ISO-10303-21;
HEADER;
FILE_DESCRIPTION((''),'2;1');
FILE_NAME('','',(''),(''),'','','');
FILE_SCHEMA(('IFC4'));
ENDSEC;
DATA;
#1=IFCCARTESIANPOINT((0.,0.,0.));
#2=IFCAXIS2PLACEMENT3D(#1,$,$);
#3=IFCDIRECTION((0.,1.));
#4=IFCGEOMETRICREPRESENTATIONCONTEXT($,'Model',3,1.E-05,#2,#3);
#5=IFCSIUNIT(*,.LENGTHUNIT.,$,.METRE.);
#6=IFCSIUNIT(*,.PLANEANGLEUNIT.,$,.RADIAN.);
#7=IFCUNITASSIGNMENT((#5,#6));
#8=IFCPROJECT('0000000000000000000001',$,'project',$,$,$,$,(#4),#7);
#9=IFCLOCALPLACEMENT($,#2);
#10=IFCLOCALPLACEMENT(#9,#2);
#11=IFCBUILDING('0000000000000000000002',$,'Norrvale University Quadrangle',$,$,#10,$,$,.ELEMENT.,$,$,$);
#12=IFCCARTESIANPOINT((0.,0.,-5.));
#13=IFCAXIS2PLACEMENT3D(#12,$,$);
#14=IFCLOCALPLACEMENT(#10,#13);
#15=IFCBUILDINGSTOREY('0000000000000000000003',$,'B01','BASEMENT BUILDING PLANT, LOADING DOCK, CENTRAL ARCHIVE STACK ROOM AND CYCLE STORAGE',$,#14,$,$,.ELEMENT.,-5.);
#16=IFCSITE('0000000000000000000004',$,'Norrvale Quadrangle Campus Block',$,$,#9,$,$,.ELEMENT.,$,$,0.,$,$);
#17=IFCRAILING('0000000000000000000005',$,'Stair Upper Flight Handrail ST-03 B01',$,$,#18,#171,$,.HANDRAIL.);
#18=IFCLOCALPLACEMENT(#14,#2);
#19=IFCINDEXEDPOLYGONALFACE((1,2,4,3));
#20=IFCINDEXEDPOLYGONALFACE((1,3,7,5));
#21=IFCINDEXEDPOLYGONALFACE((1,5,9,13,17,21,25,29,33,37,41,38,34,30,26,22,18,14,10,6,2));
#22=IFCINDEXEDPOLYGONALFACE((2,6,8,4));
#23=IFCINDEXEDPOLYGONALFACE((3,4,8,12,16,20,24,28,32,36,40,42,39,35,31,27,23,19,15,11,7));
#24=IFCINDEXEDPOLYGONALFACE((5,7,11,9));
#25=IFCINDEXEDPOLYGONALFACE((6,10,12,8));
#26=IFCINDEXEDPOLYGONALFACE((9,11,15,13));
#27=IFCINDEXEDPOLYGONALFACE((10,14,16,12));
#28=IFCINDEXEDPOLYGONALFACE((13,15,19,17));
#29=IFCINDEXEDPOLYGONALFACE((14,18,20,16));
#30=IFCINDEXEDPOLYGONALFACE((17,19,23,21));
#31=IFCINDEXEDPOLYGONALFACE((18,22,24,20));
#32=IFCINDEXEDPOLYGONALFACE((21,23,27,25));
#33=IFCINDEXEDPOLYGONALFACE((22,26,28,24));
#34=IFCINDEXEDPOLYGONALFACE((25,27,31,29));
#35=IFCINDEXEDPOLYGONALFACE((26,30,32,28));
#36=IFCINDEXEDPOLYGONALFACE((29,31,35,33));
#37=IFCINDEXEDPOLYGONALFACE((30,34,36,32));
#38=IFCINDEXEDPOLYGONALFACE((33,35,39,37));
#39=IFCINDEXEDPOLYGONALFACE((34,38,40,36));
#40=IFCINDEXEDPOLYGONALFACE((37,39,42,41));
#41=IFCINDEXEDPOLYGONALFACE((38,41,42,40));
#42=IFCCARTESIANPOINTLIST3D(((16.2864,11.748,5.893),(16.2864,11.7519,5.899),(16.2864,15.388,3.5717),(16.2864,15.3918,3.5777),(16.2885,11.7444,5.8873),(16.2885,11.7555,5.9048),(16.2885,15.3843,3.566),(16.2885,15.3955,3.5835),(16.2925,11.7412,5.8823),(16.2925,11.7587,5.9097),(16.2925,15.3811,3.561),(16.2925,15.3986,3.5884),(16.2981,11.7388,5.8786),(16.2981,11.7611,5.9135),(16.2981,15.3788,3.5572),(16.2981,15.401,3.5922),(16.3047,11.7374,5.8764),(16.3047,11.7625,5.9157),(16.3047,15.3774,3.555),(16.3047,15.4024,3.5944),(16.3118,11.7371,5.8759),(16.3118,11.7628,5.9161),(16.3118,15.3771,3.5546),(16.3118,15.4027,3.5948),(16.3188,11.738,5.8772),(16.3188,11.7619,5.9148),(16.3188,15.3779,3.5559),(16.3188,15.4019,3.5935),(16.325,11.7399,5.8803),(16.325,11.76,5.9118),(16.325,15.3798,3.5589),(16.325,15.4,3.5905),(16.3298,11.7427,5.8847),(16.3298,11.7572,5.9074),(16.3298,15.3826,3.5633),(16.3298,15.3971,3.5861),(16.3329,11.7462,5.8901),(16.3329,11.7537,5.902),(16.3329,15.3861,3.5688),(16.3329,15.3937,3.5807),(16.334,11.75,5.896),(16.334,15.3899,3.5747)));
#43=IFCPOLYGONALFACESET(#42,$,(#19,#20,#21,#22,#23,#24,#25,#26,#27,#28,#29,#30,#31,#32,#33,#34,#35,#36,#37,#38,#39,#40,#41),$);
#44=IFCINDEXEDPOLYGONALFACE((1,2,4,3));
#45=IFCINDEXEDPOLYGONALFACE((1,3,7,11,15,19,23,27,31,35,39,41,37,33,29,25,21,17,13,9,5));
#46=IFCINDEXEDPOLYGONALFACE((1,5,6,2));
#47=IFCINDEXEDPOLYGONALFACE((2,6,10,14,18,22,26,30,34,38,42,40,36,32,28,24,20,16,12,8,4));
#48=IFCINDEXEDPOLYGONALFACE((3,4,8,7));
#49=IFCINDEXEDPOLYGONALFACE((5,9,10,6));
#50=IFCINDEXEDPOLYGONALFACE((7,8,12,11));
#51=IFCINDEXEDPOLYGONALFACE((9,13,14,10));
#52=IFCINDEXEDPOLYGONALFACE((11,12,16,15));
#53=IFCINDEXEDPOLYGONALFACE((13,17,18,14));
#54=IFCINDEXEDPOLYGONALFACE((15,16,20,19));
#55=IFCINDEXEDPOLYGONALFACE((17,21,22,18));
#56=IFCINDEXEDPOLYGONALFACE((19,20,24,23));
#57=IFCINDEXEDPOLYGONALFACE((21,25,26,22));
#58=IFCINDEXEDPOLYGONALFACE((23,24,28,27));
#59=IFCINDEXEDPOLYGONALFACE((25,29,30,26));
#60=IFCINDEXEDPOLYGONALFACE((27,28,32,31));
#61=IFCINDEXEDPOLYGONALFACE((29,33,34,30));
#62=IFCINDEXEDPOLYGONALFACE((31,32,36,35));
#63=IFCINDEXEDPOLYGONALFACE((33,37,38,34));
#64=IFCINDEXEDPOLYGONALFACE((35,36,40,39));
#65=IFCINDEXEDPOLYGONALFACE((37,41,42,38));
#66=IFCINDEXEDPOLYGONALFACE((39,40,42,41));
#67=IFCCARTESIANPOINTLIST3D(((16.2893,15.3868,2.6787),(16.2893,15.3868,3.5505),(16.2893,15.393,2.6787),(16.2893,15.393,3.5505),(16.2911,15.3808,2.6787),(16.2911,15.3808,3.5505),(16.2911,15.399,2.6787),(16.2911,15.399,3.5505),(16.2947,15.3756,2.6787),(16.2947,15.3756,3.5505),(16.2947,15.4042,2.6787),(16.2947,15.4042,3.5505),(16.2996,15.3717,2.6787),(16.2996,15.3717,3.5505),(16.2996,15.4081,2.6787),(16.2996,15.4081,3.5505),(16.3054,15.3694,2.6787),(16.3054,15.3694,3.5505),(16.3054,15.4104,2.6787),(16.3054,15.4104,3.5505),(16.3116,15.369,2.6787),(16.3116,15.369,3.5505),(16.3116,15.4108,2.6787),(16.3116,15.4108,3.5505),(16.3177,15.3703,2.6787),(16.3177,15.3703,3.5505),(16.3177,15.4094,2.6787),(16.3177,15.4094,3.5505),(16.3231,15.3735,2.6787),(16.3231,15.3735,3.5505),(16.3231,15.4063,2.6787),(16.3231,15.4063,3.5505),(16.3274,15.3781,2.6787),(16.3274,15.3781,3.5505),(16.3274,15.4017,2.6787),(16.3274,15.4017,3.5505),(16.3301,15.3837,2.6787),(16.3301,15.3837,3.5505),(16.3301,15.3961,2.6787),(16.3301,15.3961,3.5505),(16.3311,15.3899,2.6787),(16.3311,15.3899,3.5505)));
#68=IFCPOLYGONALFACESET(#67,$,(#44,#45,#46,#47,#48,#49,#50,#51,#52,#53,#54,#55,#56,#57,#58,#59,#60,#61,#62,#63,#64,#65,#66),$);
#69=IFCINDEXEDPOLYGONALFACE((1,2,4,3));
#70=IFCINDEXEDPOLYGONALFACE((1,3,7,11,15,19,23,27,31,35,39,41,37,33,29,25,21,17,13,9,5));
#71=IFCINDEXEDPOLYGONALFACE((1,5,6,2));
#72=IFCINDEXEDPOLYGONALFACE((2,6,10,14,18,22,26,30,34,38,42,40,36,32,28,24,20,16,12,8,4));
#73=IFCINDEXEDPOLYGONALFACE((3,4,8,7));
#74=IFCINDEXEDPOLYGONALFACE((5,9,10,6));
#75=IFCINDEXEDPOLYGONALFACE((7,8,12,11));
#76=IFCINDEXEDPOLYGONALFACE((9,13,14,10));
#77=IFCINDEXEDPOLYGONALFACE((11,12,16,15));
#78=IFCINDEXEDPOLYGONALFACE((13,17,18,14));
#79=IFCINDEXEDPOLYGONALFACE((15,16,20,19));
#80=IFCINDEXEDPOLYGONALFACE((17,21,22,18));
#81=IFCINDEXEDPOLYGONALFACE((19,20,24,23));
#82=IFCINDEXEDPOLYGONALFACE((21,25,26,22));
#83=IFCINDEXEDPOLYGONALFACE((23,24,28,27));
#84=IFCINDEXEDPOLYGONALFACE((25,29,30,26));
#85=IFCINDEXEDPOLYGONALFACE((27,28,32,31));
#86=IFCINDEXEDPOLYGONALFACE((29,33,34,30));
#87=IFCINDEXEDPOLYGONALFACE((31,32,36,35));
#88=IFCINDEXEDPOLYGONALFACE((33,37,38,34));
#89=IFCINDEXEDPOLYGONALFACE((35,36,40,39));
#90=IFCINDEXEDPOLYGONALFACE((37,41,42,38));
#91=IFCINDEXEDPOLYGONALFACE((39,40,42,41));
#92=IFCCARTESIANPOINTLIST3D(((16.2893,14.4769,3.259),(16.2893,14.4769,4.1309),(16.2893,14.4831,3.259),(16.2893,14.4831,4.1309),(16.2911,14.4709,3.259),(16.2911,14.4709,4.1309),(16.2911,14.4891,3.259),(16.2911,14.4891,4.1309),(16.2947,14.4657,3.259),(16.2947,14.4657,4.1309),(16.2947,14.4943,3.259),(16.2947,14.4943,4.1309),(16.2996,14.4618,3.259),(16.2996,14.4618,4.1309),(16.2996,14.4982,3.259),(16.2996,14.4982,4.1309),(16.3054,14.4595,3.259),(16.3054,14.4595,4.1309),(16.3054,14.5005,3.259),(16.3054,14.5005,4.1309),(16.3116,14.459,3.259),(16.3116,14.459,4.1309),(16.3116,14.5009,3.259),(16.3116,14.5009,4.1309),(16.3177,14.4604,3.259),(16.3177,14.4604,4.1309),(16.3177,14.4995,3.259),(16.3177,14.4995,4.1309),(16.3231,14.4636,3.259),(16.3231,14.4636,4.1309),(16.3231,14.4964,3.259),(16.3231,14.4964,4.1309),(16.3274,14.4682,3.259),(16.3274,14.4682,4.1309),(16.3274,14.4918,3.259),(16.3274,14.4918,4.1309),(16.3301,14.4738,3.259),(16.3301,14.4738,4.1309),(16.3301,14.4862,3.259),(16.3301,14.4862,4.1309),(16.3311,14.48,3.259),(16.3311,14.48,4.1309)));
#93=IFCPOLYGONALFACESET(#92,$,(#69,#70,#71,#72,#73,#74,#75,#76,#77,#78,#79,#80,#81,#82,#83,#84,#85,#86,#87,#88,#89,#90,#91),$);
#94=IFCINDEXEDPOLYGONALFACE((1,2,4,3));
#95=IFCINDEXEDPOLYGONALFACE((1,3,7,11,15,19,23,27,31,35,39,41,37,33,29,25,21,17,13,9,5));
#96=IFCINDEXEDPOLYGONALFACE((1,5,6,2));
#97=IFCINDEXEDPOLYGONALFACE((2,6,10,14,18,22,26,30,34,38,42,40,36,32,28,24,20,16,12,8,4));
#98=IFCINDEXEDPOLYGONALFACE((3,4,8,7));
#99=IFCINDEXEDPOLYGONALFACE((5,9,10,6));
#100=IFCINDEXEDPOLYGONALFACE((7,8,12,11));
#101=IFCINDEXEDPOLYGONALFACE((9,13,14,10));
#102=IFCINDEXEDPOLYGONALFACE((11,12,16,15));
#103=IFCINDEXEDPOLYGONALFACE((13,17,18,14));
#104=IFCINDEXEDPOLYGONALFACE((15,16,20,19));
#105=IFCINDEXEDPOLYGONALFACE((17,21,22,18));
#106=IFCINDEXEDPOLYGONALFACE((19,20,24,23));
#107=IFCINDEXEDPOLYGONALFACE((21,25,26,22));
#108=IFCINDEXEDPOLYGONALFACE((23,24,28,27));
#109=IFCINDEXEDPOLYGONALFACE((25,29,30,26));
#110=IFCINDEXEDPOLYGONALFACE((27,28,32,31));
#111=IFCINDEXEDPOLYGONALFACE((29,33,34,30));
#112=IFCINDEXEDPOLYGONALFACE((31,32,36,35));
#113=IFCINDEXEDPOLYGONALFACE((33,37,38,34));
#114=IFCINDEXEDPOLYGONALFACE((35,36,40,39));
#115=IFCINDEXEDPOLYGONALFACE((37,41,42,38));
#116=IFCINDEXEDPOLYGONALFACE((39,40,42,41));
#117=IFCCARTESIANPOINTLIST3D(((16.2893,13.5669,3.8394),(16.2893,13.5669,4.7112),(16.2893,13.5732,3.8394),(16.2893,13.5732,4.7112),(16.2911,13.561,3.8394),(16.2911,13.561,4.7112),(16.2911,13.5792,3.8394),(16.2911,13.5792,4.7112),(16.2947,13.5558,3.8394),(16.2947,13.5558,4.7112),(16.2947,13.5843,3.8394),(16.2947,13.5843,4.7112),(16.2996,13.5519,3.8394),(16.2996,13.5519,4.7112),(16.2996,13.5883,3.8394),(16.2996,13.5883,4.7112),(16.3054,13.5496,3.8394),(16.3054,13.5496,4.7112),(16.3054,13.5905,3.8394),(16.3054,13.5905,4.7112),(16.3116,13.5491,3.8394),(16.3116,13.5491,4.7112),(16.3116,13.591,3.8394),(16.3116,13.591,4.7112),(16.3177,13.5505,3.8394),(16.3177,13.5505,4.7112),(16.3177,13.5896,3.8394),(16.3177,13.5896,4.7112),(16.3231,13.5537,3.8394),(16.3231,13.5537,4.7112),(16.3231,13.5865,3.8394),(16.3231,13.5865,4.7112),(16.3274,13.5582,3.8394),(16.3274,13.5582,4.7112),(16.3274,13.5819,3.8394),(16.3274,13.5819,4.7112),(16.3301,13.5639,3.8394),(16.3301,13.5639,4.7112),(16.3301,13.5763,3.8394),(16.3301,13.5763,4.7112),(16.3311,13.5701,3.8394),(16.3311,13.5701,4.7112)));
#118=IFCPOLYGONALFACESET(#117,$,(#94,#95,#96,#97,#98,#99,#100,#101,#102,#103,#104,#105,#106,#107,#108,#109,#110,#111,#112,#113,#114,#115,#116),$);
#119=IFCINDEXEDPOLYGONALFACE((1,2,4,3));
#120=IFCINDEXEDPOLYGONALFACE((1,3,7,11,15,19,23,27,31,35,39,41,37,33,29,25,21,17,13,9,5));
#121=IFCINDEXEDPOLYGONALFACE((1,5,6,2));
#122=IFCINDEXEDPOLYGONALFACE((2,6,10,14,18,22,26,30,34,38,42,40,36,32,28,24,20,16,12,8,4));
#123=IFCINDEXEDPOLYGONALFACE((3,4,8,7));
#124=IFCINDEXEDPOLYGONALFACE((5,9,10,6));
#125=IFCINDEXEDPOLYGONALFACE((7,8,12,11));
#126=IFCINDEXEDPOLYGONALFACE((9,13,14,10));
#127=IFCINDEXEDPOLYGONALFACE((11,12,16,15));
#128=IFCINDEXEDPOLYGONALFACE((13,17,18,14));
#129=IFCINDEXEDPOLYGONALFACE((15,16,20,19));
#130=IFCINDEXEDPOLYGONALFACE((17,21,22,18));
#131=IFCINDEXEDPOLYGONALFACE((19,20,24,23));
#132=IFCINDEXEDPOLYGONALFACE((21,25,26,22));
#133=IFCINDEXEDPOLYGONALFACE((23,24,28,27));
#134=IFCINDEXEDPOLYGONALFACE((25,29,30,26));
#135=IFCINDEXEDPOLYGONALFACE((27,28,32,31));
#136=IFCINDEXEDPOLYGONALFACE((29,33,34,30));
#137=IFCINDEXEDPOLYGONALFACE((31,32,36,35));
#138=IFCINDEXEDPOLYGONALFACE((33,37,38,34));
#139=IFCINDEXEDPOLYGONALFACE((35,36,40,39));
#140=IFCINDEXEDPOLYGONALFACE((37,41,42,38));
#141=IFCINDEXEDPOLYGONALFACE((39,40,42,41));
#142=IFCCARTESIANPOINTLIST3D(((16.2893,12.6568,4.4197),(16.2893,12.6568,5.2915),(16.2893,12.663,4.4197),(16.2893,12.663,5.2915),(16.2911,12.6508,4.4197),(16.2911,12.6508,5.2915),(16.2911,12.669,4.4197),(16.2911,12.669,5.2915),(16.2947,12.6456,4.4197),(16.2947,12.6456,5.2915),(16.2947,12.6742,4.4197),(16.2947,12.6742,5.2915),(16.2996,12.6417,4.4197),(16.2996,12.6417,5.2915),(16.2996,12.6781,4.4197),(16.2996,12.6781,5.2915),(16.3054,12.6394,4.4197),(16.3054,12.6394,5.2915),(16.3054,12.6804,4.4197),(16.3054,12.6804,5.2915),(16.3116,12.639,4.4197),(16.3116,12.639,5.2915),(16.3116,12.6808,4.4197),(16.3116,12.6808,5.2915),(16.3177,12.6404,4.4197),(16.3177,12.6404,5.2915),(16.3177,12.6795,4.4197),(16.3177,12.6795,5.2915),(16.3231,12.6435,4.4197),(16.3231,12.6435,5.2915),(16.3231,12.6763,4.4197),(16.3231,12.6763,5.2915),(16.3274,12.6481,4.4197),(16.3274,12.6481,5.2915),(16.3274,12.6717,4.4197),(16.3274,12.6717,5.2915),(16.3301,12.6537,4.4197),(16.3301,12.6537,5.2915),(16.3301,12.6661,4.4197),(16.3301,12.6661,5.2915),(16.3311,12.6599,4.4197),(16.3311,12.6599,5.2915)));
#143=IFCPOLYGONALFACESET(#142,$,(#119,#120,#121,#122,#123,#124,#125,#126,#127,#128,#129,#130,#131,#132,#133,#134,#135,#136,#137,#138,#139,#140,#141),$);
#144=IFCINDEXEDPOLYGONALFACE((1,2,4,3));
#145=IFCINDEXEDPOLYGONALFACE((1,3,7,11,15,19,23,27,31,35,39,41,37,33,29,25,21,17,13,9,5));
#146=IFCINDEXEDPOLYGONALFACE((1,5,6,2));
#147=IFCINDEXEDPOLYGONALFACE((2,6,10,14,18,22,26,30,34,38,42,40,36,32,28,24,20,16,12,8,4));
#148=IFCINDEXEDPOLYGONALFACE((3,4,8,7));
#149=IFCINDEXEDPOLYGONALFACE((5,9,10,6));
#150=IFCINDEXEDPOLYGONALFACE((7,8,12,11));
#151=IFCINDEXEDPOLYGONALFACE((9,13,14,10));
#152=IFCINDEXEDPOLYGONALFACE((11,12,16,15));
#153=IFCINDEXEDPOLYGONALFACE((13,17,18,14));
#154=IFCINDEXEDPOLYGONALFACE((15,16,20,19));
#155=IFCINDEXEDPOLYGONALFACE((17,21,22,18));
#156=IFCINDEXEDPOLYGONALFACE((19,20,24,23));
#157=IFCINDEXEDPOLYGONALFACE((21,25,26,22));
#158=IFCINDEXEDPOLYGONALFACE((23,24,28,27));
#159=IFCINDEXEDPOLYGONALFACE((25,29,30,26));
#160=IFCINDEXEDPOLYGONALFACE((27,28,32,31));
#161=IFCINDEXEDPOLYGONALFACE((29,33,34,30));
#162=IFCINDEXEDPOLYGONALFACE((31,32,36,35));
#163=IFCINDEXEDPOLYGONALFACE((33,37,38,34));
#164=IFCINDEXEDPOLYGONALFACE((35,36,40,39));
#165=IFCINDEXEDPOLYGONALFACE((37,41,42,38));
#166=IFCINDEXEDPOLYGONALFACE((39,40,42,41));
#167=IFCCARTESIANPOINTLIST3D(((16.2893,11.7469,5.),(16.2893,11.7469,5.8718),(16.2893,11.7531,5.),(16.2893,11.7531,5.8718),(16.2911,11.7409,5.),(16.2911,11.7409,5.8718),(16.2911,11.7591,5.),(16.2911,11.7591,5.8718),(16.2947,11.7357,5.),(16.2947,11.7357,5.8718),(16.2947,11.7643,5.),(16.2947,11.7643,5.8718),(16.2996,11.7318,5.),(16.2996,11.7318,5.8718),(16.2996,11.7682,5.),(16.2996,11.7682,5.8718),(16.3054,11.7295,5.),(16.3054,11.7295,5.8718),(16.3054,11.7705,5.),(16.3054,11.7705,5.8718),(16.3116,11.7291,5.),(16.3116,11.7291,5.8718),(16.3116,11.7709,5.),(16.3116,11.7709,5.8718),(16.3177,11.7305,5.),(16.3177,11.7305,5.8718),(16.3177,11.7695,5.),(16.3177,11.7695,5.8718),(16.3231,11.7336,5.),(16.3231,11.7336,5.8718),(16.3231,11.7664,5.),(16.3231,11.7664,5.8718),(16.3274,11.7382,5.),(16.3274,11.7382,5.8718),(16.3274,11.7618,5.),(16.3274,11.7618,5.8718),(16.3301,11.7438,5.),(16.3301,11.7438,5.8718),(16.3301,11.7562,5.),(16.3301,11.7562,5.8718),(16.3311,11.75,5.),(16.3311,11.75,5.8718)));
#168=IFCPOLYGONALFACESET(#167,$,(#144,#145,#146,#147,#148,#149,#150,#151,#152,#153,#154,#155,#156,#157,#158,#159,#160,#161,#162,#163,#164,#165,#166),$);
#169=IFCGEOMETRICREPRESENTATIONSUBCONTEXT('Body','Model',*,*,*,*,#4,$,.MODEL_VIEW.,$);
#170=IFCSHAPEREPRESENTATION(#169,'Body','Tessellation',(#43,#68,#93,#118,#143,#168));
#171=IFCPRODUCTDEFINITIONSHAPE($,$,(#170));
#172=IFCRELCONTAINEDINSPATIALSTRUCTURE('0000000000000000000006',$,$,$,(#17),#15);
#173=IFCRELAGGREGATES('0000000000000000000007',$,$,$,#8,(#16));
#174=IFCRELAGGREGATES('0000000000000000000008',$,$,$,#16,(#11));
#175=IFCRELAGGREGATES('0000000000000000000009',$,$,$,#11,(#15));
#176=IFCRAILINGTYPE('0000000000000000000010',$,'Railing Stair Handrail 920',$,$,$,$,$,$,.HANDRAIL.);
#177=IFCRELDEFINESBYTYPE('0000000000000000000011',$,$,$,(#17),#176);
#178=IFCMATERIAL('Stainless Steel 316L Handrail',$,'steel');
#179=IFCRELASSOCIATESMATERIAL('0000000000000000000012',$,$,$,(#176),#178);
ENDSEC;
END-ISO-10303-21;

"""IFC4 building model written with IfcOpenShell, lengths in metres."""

from ifc_helpers import new_model, si_unit, direction, frame, origin, origin_2d, place, context, subcontext, project, spatial, circle, extrude, material, type_object, element, save


model = new_model("IFC4")

# Units and contexts
model_context = context("Model", 3, precision=1e-05, world=origin(), true_north=direction((0.0, 1.0)))
body_context = subcontext(model_context, "Body", "Model", "MODEL_VIEW")
ifc_project = project(units=[si_unit("LENGTHUNIT", "METRE"), si_unit("PLANEANGLEUNIT", "RADIAN")], contexts=[model_context])

# Site, building, storey
site_placement = place(None, origin())
site = spatial("IfcSite", under=ifc_project, at=site_placement, Name="Norrvale Quadrangle Campus Block", CompositionType="ELEMENT", RefElevation=0.0)
building_placement = place(site_placement, origin())
building = spatial("IfcBuilding", under=site, at=building_placement, Name="Norrvale University Quadrangle", CompositionType="ELEMENT")
storey_placement = place(building_placement, frame((0.0, 0.0, -5.0)))
storey = spatial("IfcBuildingStorey", under=building, at=storey_placement, Name="B01", Description="BASEMENT BUILDING PLANT, LOADING DOCK, CENTRAL ARCHIVE STACK ROOM AND CYCLE STORAGE", CompositionType="ELEMENT", Elevation=-5.0)

# Railing
ifc_material_1 = material(Name="Stainless Steel 316L Handrail", Category="steel")
railing_type_1 = type_object("IfcRailingType", Name="Railing Stair Handrail 920", PredefinedType="HANDRAIL", material=ifc_material_1)
railing_1_placement = place(storey_placement, frame((16.3101, 15.3899, 2.6787)))
element("IfcRailing", 1, at=railing_1_placement, inside=storey, type_object=railing_type_1, Name="Stair Upper Flight Handrail ST-03 B01", PredefinedType="HANDRAIL", context=body_context, shape_type="SweptSolid", body=[
    extrude(circle(Radius=0.0239, at=origin_2d()), frame((0.0, 0.0, 0.896), z_axis=(0.0, -0.843137, 0.537699), x_axis=(1.0, 0.0, 0.0)), (0.0, 0.0, 1.0), 4.3171),
    extrude(circle(Radius=0.021, at=origin_2d()), origin(), (0.0, 0.0, 1.0), 0.8718),
    extrude(circle(Radius=0.021, at=origin_2d()), frame((0.0, -0.9099, 0.5803)), (0.0, 0.0, 1.0), 0.8718),
    extrude(circle(Radius=0.021, at=origin_2d()), frame((0.0, -1.8198, 1.1606)), (0.0, 0.0, 1.0), 0.8718),
    extrude(circle(Radius=0.021, at=origin_2d()), frame((0.0, -2.73, 1.741)), (0.0, 0.0, 1.0), 0.8718),
    extrude(circle(Radius=0.021, at=origin_2d()), frame((0.0, -3.6399, 2.3213)), (0.0, 0.0, 1.0), 0.8718),
])

save(model, "model.ifc")
